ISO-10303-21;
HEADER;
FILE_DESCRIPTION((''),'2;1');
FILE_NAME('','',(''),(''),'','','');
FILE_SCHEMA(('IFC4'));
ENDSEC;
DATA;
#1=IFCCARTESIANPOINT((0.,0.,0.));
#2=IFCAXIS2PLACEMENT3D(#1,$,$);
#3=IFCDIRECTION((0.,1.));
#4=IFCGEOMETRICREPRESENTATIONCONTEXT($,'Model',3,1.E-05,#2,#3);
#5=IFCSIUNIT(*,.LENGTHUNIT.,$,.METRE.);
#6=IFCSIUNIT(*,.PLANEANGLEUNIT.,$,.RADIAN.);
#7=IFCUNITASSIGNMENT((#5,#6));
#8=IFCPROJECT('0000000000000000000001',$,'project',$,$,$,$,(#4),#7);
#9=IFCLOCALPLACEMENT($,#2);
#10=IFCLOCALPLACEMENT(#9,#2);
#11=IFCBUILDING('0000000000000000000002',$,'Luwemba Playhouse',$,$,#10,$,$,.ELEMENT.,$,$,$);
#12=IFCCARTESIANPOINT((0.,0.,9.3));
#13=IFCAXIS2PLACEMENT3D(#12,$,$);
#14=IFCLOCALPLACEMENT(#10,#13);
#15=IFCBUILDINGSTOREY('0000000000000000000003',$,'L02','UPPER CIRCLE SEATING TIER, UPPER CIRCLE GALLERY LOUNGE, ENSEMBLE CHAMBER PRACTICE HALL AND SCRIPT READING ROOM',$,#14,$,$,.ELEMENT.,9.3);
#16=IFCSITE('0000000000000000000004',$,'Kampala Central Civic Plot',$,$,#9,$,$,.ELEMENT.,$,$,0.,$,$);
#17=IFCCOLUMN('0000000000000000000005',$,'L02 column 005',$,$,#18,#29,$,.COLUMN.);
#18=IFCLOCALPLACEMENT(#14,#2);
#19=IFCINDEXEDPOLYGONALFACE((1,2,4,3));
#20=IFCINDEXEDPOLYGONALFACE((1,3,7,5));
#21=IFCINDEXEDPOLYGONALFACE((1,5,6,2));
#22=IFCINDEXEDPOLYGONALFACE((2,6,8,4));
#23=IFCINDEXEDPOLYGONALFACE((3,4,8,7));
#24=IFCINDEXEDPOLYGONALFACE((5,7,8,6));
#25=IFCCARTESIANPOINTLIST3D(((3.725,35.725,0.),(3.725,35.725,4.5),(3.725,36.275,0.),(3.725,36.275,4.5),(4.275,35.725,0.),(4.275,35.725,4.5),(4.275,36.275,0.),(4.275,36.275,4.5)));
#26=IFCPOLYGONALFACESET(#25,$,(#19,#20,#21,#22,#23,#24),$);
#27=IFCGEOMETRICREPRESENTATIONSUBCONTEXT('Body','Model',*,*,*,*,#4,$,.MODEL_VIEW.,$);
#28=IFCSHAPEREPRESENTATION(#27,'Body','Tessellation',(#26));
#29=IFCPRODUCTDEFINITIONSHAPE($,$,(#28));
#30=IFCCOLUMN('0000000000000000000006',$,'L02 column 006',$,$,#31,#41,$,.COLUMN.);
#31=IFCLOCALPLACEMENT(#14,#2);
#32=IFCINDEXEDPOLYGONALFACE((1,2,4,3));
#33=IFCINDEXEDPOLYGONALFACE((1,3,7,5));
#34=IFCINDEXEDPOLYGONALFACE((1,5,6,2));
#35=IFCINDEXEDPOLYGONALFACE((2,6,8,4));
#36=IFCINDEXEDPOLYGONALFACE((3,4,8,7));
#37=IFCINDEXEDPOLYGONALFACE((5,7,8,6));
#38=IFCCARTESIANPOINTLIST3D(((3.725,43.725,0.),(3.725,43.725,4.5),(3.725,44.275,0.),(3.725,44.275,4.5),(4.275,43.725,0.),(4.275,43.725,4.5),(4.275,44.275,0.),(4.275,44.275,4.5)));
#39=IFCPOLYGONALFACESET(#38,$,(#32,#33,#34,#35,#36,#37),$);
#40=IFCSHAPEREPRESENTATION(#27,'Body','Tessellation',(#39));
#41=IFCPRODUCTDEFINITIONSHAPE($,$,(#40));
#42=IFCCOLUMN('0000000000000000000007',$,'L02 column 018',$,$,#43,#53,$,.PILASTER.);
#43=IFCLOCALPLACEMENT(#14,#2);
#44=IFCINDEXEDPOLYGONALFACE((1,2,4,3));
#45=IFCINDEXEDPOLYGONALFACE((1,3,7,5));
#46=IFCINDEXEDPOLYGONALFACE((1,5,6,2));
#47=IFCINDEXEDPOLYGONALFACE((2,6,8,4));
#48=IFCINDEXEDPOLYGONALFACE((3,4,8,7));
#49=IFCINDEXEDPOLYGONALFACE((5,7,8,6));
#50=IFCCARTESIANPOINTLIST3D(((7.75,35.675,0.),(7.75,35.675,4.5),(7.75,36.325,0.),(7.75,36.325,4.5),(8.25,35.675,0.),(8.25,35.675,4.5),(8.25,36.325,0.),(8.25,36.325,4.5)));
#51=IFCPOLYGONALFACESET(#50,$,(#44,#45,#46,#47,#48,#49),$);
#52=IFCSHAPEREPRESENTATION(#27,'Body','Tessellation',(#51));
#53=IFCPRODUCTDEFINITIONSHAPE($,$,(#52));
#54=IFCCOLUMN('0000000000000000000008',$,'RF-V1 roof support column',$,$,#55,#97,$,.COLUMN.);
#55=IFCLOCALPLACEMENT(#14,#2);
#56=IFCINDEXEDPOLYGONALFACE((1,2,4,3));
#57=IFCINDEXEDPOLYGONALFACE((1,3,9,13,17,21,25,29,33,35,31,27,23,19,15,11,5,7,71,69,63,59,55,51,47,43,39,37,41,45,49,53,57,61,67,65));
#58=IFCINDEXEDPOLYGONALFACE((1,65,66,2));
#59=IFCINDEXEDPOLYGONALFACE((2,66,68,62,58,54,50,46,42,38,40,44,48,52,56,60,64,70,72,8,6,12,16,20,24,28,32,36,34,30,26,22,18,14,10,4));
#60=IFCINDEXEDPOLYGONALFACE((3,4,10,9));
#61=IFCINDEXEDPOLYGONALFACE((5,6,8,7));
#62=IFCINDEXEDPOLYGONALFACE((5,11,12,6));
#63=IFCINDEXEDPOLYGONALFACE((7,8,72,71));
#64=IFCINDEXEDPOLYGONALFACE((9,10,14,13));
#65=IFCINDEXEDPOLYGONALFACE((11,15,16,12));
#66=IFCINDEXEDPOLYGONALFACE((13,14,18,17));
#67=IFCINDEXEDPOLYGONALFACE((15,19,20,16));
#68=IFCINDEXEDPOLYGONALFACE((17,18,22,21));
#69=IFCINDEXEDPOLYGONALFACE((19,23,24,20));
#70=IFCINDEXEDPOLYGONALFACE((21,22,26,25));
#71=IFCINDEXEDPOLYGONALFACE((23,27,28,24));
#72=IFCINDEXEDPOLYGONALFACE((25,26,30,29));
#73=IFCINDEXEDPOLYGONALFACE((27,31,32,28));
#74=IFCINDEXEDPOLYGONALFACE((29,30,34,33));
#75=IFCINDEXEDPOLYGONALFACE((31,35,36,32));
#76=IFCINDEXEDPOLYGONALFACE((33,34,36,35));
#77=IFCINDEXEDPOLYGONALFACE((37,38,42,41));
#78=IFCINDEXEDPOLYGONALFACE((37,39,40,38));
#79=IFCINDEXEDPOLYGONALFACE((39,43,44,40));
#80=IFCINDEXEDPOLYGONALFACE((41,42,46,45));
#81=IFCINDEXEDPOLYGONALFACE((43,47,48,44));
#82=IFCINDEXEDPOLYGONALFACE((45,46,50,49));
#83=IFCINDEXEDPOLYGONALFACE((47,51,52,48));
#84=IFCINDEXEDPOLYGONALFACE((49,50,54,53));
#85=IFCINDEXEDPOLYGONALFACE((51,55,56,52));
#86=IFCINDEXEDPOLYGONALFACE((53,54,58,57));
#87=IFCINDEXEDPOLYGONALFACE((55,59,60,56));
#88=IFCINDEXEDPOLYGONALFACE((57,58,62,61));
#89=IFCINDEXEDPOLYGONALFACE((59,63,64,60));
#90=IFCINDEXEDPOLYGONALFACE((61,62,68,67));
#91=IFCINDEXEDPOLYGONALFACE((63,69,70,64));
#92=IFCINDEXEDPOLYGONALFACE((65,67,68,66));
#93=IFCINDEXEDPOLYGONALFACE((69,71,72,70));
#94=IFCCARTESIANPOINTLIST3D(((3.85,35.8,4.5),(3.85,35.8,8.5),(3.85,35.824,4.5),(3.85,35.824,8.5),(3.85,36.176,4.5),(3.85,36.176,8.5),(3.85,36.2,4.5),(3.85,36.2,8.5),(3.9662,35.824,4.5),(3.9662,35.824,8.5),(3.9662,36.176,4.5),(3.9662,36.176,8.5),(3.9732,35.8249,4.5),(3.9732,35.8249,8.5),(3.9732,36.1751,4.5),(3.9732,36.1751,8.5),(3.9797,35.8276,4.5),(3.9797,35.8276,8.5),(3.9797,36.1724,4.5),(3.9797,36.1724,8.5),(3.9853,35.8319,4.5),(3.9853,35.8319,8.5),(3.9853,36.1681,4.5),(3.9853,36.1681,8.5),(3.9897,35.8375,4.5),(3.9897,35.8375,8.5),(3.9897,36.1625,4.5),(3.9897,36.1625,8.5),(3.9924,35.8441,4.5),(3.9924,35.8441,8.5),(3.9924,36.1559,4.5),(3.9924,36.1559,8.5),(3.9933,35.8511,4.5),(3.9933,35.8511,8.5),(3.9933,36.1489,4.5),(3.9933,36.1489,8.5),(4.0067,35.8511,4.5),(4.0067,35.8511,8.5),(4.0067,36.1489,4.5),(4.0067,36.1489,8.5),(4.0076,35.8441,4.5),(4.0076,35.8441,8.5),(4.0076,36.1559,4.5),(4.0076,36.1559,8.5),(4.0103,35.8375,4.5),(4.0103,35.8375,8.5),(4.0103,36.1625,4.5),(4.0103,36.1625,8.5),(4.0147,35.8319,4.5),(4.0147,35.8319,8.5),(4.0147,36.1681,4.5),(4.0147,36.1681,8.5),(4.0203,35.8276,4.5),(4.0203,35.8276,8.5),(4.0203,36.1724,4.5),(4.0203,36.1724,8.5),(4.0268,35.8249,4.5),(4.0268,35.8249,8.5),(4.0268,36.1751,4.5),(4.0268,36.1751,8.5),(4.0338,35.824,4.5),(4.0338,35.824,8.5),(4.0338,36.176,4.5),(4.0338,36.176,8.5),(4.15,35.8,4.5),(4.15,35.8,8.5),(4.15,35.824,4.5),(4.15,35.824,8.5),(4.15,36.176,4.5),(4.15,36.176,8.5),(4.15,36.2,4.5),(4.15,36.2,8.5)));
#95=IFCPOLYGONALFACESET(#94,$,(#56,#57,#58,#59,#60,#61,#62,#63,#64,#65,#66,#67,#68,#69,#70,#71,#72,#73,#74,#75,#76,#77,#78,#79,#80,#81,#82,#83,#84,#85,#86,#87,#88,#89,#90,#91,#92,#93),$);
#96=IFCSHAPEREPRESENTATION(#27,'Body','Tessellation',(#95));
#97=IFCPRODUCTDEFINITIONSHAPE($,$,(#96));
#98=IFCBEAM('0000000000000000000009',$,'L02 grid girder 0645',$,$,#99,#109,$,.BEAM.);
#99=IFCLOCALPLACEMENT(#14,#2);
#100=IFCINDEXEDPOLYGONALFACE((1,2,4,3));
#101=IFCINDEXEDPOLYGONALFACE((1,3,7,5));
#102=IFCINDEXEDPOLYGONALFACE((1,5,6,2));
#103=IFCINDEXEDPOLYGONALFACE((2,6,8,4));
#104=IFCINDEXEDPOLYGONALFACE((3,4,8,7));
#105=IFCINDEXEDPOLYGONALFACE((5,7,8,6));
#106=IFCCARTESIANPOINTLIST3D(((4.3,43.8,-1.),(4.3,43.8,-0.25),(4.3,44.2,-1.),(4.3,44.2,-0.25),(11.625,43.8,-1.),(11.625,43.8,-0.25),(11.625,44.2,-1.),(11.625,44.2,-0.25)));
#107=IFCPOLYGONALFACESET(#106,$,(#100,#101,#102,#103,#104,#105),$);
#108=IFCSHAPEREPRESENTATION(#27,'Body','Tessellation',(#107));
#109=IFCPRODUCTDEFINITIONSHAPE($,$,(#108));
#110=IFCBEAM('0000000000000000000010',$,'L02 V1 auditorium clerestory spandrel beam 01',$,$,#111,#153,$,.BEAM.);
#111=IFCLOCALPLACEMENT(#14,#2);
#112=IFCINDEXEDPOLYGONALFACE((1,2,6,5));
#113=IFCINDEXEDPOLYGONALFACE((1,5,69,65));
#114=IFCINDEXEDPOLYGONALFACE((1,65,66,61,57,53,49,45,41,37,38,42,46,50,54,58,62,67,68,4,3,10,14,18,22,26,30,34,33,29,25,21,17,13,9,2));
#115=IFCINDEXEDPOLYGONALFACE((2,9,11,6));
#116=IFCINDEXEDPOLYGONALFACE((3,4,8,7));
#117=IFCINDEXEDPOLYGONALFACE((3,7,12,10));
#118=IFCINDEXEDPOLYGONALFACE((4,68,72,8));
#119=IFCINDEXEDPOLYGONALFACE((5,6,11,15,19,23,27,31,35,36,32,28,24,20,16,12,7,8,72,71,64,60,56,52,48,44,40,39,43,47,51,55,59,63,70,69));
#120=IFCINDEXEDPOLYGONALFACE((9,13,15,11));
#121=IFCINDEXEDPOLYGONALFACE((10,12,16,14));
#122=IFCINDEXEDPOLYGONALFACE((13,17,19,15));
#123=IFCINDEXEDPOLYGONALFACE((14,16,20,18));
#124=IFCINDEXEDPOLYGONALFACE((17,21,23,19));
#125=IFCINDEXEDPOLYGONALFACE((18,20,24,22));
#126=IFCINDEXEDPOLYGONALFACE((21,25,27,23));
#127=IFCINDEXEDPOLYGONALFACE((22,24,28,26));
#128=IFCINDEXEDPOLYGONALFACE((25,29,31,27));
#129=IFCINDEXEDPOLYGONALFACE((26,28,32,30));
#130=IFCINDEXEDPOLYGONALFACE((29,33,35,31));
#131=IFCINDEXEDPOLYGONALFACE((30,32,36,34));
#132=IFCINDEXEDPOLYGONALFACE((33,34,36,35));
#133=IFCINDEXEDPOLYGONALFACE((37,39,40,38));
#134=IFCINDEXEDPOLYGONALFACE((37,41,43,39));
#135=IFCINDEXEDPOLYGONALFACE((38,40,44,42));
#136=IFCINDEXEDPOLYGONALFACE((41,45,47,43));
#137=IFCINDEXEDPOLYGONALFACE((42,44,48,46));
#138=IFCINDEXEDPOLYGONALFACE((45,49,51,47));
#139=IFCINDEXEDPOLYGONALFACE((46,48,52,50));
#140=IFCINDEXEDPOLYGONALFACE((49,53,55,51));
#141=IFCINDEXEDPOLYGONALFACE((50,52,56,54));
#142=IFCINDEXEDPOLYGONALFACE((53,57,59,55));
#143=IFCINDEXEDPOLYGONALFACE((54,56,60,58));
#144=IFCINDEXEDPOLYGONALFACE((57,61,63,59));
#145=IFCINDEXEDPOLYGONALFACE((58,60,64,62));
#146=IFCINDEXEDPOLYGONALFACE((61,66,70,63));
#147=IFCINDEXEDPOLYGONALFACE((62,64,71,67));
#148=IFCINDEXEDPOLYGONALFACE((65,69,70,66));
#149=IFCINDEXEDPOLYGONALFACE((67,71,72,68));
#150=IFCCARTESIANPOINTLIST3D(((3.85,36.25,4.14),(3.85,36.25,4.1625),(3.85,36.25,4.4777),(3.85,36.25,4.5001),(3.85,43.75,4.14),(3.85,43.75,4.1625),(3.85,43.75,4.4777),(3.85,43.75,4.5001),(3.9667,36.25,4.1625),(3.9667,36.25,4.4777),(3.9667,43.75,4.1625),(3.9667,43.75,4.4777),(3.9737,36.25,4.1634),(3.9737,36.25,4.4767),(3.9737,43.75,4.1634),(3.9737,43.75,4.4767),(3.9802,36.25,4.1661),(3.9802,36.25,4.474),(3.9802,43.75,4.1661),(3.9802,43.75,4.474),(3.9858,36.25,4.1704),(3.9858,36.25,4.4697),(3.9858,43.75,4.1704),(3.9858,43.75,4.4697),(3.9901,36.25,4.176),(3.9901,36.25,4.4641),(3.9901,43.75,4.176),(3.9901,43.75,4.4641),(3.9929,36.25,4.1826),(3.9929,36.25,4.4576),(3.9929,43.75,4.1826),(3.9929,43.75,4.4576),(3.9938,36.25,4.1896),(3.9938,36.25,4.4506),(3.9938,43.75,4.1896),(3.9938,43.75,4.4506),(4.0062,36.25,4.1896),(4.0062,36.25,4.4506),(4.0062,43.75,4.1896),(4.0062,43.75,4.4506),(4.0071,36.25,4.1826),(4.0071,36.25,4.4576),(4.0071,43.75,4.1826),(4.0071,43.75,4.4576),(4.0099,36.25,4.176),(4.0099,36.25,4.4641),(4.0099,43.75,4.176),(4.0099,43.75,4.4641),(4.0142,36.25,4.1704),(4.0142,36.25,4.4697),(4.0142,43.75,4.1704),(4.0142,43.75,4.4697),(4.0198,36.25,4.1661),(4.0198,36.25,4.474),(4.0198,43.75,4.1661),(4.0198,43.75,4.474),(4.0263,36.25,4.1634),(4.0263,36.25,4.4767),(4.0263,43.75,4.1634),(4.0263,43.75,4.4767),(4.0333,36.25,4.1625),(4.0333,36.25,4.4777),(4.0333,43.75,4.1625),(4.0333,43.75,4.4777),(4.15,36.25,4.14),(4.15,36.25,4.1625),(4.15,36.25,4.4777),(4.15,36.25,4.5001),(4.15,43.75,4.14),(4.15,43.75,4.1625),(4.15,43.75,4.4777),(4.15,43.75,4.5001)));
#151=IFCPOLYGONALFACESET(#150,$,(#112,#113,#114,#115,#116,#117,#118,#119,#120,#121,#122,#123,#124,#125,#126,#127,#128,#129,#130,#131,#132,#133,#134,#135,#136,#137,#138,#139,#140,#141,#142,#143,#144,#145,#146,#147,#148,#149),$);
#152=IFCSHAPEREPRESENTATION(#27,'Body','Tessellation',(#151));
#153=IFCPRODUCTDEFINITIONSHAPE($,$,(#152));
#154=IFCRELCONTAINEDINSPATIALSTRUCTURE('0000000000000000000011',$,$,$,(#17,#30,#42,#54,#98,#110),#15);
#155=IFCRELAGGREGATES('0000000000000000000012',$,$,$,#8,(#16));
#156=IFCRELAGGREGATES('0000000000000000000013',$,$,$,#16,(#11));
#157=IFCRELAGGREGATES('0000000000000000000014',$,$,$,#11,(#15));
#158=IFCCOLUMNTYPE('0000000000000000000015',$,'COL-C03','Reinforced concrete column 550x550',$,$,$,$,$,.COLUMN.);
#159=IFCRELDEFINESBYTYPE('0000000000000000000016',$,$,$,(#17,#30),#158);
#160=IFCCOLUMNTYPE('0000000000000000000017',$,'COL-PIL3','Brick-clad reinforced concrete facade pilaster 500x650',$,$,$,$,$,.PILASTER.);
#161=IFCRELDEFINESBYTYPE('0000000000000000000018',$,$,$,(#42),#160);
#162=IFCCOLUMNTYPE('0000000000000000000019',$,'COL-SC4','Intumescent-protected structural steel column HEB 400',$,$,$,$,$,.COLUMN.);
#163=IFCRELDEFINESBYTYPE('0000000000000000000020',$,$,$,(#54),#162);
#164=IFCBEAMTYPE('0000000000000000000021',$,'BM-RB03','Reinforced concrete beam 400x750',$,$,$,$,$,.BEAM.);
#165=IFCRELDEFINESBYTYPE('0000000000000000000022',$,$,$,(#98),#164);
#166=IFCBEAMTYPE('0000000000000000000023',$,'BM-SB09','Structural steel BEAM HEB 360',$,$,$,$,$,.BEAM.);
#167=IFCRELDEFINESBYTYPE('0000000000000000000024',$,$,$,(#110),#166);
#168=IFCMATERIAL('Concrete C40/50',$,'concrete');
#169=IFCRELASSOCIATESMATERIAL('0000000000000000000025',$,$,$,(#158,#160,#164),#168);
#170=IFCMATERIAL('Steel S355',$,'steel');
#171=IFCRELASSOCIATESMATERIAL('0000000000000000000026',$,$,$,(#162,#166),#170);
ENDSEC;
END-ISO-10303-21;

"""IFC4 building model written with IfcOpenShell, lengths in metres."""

from ifc_helpers import new_model, si_unit, direction, frame, origin, origin_2d, place, context, subcontext, project, spatial, rectangle, i_section, extrude, material, material_profile, profile_set, type_object, element, save


model = new_model("IFC4")

# Units and contexts
model_context = context("Model", 3, precision=1e-05, world=origin(), true_north=direction((0.0, 1.0)))
body_context = subcontext(model_context, "Body", "Model", "MODEL_VIEW")
ifc_project = project(units=[si_unit("LENGTHUNIT", "METRE"), si_unit("PLANEANGLEUNIT", "RADIAN")], contexts=[model_context])

# Site, building, storey
site_placement = place(None, origin())
site = spatial("IfcSite", under=ifc_project, at=site_placement, Name="Kampala Central Civic Plot", CompositionType="ELEMENT", RefElevation=0.0)
building_placement = place(site_placement, origin())
building = spatial("IfcBuilding", under=site, at=building_placement, Name="Luwemba Playhouse", CompositionType="ELEMENT")
storey_placement = place(building_placement, frame((0.0, 0.0, 9.3)))
storey = spatial("IfcBuildingStorey", under=building, at=storey_placement, Name="L02", Description="UPPER CIRCLE SEATING TIER, UPPER CIRCLE GALLERY LOUNGE, ENSEMBLE CHAMBER PRACTICE HALL AND SCRIPT READING ROOM", CompositionType="ELEMENT", Elevation=9.3)

# Columns
ifc_material_1 = material(Name="Concrete C40/50", Category="concrete")
ifc_material_profile_1 = material_profile(ifc_material_1, rectangle(XDim=0.55, YDim=0.55, at=origin_2d()))
ifc_profile_set_1 = profile_set([ifc_material_profile_1], Name="Concrete C40/50")
column_type_1 = type_object("IfcColumnType", Name="COL-C03", Description="Reinforced concrete column 550x550", PredefinedType="COLUMN", material=ifc_profile_set_1)
for number, where, z_axis, x_axis, name in (
    (1, (4.0, 36.0, 0.0), (0.0, 0.0, 1.0), (1.0, 0.0, 0.0), "L02 column 005"),
    (2, (4.0, 44.0, 0.0), (0.0, 0.0, 1.0), (1.0, 0.0, 0.0), "L02 column 006"),
):
    element("IfcColumn", number, at=place(storey_placement, frame(where, z_axis=z_axis, x_axis=x_axis)), inside=storey, type_object=column_type_1, Name=name, PredefinedType="COLUMN", context=body_context, shape_type="SweptSolid", body=[
        extrude(rectangle(XDim=0.55, YDim=0.55, at=origin_2d()), origin(), (0.0, 0.0, 1.0), 4.5),
    ])
ifc_material_profile_2 = material_profile(ifc_material_1, rectangle(XDim=0.5, YDim=0.6499, at=origin_2d()))
ifc_profile_set_2 = profile_set([ifc_material_profile_2], Name="Concrete C40/50")
column_type_2 = type_object("IfcColumnType", Name="COL-PIL3", Description="Brick-clad reinforced concrete facade pilaster 500x650", PredefinedType="PILASTER", material=ifc_profile_set_2)
column_1_placement = place(storey_placement, frame((8.0, 36.0, 0.0), z_axis=(0.0, 0.0, 1.0), x_axis=(1.0, 0.0, 0.0)))
element("IfcColumn", 3, at=column_1_placement, inside=storey, type_object=column_type_2, Name="L02 column 018", PredefinedType="PILASTER", context=body_context, shape_type="SweptSolid", body=[
    extrude(rectangle(XDim=0.5, YDim=0.6499, at=origin_2d()), origin(), (0.0, 0.0, 1.0), 4.5),
])
ifc_material_2 = material(Name="Steel S355", Category="steel")
ifc_material_profile_3 = material_profile(ifc_material_2, i_section(OverallWidth=0.3, OverallDepth=0.3999, WebThickness=0.0134, FlangeThickness=0.0239, FilletRadius=0.0271, at=origin_2d()))
ifc_profile_set_3 = profile_set([ifc_material_profile_3], Name="Steel S355")
column_type_3 = type_object("IfcColumnType", Name="COL-SC4", Description="Intumescent-protected structural steel column HEB 400", PredefinedType="COLUMN", material=ifc_profile_set_3)
column_2_placement = place(storey_placement, frame((4.0, 36.0, 4.5), z_axis=(0.0, 0.0, 1.0), x_axis=(1.0, 0.0, 0.0)))
element("IfcColumn", 4, at=column_2_placement, inside=storey, type_object=column_type_3, Name="RF-V1 roof support column", PredefinedType="COLUMN", context=body_context, shape_type="SweptSolid", body=[
    extrude(i_section(OverallWidth=0.3, OverallDepth=0.3999, WebThickness=0.0134, FlangeThickness=0.0239, FilletRadius=0.0271, at=origin_2d()), origin(), (0.0, 0.0, 1.0), 4.0),
])

# Beams
ifc_material_profile_4 = material_profile(ifc_material_1, rectangle(XDim=0.3999, YDim=0.75, at=origin_2d()))
ifc_profile_set_4 = profile_set([ifc_material_profile_4], Name="Concrete C40/50")
beam_type_1 = type_object("IfcBeamType", Name="BM-RB03", Description="Reinforced concrete beam 400x750", PredefinedType="BEAM", material=ifc_profile_set_4)
beam_1_placement = place(storey_placement, frame((4.3, 44.0, -0.625), z_axis=(1.0, 0.0, 0.0), x_axis=(0.0, 1.0, 0.0)))
element("IfcBeam", 5, at=beam_1_placement, inside=storey, type_object=beam_type_1, Name="L02 grid girder 0645", PredefinedType="BEAM", context=body_context, shape_type="SweptSolid", body=[
    extrude(rectangle(XDim=0.3999, YDim=0.75, at=origin_2d()), origin(), (0.0, 0.0, 1.0), 7.325),
])
ifc_material_profile_5 = material_profile(ifc_material_2, i_section(OverallWidth=0.3, OverallDepth=0.3601, WebThickness=0.0125, FlangeThickness=0.0225, FilletRadius=0.0271, at=origin_2d()))
ifc_profile_set_5 = profile_set([ifc_material_profile_5], Name="Steel S355")
beam_type_2 = type_object("IfcBeamType", Name="BM-SB09", Description="Structural steel BEAM HEB 360", PredefinedType="BEAM", material=ifc_profile_set_5)
for number, where, z_axis, x_axis, name in (
    (6, (4.0, 36.25, 4.3201), (0.0, 1.0, 0.0), (-1.0, 0.0, 0.0), "L02 V1 auditorium clerestory spandrel beam 01"),
):
    element("IfcBeam", number, at=place(storey_placement, frame(where, z_axis=z_axis, x_axis=x_axis)), inside=storey, type_object=beam_type_2, Name=name, PredefinedType="BEAM", context=body_context, shape_type="SweptSolid", body=[
        extrude(i_section(OverallWidth=0.3, OverallDepth=0.3601, WebThickness=0.0125, FlangeThickness=0.0225, FilletRadius=0.0271, at=origin_2d()), origin(), (0.0, 0.0, 1.0), 7.5),
    ])

save(model, "model.ifc")
